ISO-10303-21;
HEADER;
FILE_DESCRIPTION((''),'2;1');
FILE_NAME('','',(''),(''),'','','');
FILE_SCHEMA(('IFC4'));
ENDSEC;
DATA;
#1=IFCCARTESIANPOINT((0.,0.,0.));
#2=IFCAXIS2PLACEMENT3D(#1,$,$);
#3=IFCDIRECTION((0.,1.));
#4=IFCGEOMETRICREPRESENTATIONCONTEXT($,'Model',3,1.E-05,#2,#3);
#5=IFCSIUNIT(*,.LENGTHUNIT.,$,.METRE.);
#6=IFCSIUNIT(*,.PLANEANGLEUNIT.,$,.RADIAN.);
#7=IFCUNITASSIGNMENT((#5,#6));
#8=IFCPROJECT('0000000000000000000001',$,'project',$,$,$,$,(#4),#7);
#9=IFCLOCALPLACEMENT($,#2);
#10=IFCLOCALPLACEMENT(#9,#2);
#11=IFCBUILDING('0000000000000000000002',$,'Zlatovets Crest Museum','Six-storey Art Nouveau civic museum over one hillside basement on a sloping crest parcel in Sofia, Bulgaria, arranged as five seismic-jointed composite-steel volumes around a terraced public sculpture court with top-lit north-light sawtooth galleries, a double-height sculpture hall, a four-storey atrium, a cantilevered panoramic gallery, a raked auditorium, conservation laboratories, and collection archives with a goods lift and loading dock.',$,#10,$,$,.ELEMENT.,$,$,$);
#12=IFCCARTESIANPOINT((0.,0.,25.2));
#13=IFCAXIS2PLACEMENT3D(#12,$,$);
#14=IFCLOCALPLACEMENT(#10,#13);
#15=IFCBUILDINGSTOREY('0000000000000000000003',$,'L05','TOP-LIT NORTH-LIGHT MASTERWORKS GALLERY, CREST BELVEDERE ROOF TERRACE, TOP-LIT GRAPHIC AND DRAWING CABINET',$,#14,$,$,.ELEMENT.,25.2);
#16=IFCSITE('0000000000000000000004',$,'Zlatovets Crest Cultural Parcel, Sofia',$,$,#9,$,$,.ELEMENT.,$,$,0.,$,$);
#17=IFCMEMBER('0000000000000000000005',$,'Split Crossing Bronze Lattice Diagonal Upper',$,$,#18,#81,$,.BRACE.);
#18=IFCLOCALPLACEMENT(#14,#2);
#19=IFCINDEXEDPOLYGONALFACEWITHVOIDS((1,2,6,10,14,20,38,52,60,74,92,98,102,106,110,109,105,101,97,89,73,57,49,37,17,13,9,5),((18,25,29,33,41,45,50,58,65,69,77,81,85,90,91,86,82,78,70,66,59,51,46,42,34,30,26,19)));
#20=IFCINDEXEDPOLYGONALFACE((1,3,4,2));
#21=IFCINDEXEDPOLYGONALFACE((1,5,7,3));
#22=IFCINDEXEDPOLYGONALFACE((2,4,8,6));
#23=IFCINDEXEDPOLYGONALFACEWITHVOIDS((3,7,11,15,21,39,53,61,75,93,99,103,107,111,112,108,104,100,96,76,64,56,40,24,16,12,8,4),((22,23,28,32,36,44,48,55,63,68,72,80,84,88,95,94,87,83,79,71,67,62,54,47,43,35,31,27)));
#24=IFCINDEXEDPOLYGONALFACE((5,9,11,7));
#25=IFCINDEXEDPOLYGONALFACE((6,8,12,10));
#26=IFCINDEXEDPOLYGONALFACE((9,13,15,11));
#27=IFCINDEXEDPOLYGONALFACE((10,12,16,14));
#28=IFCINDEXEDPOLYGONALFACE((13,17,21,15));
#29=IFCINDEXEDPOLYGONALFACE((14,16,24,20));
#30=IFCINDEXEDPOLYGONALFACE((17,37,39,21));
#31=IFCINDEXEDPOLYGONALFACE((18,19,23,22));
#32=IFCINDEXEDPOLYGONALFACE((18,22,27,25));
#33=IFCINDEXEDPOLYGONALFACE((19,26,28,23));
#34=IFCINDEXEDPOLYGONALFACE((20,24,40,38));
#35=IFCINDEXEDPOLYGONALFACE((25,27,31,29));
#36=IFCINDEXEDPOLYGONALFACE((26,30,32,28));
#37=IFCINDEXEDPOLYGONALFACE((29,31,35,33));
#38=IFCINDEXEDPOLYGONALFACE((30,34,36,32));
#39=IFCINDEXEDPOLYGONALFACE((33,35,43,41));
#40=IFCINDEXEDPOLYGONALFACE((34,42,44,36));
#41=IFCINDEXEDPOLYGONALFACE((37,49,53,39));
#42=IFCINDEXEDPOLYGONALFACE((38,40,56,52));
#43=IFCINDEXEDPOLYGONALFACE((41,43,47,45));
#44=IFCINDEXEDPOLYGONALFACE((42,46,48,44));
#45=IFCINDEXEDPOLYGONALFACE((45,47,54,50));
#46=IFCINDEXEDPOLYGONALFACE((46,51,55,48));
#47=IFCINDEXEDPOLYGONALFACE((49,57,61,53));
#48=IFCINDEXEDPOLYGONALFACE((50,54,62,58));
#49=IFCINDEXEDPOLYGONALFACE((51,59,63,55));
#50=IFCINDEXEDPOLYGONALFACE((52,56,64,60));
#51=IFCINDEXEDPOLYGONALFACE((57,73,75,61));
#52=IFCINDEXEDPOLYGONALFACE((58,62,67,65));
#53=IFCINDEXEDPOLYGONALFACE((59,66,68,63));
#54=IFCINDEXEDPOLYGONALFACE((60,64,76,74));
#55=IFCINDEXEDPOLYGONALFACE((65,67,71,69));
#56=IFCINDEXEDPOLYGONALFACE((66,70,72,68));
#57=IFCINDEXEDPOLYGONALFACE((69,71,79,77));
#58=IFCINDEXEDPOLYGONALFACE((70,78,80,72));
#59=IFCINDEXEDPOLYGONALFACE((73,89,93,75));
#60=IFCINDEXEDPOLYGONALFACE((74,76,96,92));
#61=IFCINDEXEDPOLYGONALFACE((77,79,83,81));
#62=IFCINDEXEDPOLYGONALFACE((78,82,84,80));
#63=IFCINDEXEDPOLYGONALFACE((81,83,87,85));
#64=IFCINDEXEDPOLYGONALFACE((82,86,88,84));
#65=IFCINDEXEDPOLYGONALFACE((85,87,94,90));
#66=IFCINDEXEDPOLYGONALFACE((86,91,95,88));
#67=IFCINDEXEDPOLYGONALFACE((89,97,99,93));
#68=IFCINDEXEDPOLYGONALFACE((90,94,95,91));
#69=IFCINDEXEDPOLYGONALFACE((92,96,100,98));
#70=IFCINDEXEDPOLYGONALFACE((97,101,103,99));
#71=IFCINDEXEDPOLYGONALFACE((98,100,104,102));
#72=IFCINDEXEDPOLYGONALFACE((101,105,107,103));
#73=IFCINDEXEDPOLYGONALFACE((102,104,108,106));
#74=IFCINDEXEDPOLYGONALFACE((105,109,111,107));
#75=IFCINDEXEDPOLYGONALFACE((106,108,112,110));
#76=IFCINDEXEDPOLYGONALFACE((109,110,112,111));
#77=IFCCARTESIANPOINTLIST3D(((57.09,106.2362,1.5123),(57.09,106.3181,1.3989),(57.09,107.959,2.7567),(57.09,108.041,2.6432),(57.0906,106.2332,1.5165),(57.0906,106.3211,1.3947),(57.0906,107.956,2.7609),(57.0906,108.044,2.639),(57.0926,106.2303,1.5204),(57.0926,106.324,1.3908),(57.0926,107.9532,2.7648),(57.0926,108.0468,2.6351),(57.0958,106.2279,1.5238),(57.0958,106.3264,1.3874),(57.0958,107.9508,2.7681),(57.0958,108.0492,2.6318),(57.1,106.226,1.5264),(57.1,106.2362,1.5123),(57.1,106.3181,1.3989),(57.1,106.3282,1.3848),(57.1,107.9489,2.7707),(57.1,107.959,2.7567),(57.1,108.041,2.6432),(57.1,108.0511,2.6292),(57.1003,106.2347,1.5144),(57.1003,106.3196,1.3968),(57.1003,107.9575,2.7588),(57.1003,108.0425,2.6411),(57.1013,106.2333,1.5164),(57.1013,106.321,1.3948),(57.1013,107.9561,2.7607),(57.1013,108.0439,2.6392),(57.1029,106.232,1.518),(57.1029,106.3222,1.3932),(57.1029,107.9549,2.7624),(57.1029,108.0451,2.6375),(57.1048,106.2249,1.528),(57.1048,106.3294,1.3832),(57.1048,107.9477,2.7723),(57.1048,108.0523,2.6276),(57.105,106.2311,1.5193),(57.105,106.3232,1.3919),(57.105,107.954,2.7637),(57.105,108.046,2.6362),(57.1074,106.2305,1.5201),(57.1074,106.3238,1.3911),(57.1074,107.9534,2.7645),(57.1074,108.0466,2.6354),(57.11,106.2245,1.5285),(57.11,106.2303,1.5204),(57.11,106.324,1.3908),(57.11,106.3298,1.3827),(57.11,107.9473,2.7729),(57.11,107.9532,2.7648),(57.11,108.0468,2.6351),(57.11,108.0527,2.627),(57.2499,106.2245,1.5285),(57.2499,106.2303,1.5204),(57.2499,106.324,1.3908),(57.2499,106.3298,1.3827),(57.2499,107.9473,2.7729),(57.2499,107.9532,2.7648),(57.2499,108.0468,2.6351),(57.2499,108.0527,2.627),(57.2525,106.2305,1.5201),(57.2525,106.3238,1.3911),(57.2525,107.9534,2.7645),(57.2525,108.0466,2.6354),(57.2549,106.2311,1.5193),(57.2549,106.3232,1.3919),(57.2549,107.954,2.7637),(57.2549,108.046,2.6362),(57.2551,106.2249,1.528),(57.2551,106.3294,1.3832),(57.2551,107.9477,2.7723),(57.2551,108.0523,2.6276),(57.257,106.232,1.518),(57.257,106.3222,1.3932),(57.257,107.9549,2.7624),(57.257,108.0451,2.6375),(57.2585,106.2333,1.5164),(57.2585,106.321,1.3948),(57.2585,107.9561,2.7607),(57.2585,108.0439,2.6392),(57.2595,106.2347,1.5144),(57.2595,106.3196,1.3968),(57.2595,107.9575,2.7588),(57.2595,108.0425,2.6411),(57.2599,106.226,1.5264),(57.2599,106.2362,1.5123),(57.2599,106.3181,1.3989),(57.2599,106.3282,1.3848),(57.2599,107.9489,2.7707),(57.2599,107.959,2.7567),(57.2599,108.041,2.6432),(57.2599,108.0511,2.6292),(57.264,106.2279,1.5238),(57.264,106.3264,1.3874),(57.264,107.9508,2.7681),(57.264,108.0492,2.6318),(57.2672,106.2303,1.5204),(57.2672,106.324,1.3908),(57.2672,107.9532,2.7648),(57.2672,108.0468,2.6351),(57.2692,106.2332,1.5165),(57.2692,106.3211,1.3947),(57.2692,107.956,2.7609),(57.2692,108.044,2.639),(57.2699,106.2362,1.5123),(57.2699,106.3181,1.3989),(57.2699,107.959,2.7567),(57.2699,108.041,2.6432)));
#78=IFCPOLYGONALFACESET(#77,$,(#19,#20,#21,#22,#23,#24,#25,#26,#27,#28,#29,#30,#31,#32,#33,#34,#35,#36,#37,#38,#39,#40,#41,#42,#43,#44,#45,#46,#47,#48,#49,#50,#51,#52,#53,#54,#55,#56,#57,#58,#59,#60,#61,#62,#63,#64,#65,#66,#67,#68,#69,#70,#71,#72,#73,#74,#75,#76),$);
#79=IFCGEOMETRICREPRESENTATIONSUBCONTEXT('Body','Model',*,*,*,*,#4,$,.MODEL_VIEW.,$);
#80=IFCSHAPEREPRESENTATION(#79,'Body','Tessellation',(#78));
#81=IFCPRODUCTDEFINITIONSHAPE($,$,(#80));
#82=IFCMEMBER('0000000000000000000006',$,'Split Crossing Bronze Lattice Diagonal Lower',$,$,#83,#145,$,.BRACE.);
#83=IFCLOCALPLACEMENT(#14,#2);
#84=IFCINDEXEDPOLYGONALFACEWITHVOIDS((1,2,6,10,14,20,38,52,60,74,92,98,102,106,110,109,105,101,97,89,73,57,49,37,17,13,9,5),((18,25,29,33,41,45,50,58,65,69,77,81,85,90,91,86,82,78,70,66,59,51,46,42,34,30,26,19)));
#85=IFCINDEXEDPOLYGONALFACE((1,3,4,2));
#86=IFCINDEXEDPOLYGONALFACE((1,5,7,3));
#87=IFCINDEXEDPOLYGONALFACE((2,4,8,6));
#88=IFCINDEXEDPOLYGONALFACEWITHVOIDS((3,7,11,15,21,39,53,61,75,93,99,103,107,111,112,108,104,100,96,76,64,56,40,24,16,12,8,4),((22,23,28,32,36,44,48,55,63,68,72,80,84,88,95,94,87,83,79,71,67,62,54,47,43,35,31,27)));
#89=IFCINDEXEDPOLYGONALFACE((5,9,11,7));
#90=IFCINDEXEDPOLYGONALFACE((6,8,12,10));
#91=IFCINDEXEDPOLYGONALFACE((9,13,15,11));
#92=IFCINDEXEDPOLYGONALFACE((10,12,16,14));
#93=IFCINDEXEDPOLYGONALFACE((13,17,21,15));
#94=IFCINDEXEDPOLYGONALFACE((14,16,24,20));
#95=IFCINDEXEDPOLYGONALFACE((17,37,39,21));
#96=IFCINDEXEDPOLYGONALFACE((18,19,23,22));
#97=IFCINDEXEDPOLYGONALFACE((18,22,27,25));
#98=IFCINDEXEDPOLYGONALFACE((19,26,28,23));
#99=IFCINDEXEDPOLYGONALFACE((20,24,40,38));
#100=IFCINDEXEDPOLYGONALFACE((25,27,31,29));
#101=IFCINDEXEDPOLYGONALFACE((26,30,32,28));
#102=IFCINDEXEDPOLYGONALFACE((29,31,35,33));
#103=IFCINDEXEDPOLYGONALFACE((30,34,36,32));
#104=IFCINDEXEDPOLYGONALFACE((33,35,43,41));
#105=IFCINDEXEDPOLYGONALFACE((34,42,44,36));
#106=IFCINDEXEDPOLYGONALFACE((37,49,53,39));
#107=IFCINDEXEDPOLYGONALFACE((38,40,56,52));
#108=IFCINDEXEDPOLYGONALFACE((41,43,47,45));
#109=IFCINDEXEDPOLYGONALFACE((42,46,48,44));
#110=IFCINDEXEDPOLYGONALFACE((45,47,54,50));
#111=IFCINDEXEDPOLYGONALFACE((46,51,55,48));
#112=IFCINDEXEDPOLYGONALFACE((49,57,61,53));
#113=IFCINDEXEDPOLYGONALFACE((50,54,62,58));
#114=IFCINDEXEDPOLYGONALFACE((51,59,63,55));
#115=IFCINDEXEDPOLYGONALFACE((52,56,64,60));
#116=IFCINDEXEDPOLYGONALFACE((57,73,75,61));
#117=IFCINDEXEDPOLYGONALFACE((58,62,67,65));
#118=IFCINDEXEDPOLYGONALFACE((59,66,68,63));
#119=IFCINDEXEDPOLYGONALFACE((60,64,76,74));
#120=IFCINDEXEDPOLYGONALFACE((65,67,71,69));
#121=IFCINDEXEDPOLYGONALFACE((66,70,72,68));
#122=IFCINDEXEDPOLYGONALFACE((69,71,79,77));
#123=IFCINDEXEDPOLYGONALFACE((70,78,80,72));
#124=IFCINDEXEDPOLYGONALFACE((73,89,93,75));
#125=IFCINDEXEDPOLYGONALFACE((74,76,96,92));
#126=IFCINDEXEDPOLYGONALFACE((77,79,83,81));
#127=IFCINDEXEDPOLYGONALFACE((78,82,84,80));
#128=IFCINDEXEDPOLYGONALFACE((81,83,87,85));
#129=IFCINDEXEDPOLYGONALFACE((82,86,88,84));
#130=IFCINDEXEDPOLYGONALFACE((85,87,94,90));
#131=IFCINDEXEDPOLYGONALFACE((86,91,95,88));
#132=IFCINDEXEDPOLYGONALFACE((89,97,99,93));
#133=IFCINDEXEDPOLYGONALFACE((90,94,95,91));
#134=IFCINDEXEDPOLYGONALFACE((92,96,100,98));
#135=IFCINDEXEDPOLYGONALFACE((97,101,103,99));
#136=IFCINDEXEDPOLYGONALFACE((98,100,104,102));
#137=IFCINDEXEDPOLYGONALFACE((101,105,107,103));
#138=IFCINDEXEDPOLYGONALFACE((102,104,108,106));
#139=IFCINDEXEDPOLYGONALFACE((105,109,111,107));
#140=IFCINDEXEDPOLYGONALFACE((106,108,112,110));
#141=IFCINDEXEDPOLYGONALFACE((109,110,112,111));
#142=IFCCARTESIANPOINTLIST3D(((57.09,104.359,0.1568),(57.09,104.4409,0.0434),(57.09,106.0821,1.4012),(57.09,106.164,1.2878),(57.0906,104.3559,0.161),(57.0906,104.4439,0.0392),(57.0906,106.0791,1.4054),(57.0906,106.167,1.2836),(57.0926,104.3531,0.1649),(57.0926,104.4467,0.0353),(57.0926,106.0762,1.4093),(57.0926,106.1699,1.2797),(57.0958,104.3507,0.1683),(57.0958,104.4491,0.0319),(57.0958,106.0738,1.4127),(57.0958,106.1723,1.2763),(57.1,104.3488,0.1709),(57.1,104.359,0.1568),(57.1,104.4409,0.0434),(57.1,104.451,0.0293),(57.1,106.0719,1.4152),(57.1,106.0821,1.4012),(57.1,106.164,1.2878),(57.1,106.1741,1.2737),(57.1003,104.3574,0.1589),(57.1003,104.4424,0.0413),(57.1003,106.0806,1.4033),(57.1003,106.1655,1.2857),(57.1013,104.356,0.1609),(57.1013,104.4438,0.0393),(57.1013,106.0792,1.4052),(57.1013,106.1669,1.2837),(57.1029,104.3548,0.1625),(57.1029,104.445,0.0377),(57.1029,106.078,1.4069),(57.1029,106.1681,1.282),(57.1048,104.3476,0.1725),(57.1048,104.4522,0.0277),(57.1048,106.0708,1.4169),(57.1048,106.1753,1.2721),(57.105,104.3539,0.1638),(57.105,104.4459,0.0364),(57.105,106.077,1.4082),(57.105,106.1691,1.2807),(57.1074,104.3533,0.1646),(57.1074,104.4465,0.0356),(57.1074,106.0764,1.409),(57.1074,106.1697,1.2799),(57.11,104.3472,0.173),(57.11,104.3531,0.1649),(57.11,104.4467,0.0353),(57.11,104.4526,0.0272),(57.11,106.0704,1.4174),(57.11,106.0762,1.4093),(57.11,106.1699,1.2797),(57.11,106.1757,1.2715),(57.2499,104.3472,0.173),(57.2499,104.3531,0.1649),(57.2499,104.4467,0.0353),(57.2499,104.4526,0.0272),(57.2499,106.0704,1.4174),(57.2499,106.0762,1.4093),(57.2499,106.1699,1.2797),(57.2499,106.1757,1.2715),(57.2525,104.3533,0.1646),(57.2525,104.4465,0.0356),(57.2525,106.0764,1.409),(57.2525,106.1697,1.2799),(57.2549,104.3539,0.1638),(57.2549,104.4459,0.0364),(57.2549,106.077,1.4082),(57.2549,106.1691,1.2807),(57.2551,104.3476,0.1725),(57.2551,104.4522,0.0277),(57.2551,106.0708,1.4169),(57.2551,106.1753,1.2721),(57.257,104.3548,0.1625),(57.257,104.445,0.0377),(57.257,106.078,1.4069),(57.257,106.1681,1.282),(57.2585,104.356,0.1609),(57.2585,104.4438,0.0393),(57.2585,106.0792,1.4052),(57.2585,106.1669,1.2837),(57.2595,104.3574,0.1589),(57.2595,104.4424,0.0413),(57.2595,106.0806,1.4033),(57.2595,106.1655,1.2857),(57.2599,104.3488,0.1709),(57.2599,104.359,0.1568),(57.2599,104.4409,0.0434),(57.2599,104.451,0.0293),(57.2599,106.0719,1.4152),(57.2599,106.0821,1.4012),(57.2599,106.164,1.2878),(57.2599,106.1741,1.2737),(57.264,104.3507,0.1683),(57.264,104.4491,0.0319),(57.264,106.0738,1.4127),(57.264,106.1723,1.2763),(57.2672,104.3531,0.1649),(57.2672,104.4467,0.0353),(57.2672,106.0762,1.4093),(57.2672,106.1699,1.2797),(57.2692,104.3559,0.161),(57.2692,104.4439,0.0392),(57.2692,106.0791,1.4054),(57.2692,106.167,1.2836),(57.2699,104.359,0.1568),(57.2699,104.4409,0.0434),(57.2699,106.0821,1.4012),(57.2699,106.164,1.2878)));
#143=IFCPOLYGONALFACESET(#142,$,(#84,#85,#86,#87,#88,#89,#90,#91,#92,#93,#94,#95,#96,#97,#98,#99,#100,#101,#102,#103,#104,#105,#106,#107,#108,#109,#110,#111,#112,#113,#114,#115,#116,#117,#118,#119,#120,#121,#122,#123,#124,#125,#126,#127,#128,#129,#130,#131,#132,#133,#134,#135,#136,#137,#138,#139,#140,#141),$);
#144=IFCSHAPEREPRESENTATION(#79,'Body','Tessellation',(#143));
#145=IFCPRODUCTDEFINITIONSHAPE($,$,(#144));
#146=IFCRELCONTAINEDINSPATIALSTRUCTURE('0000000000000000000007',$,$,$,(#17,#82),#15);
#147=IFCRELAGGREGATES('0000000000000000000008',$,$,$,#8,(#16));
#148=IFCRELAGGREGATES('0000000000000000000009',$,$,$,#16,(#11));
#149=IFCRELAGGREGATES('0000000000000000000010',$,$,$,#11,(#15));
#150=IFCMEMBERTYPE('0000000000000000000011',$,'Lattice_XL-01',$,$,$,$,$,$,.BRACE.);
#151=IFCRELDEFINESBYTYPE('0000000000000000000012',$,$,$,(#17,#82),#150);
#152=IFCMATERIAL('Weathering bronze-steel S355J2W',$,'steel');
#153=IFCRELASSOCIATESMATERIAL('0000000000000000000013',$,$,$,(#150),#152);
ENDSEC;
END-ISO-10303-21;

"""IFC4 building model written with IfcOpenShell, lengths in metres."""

from ifc_helpers import new_model, si_unit, direction, frame, origin, origin_2d, place, context, subcontext, project, spatial, hollow_rectangle, extrude, material, material_profile, profile_set, type_object, element, save


model = new_model("IFC4")

# Units and contexts
model_context = context("Model", 3, precision=1e-05, world=origin(), true_north=direction((0.0, 1.0)))
body_context = subcontext(model_context, "Body", "Model", "MODEL_VIEW")
ifc_project = project(units=[si_unit("LENGTHUNIT", "METRE"), si_unit("PLANEANGLEUNIT", "RADIAN")], contexts=[model_context])

# Site, building, storey
site_placement = place(None, origin())
site = spatial("IfcSite", under=ifc_project, at=site_placement, Name="Zlatovets Crest Cultural Parcel, Sofia", CompositionType="ELEMENT", RefElevation=0.0)
building_placement = place(site_placement, origin())
building = spatial("IfcBuilding", under=site, at=building_placement, Name="Zlatovets Crest Museum", Description="Six-storey Art Nouveau civic museum over one hillside basement on a sloping crest parcel in Sofia, Bulgaria, arranged as five seismic-jointed composite-steel volumes around a terraced public sculpture court with top-lit north-light sawtooth galleries, a double-height sculpture hall, a four-storey atrium, a cantilevered panoramic gallery, a raked auditorium, conservation laboratories, and collection archives with a goods lift and loading dock.", CompositionType="ELEMENT")
storey_placement = place(building_placement, frame((0.0, 0.0, 25.2)))
storey = spatial("IfcBuildingStorey", under=building, at=storey_placement, Name="L05", Description="TOP-LIT NORTH-LIGHT MASTERWORKS GALLERY, CREST BELVEDERE ROOF TERRACE, TOP-LIT GRAPHIC AND DRAWING CABINET", CompositionType="ELEMENT", Elevation=25.2)

# Members
ifc_material_1 = material(Name="Weathering bronze-steel S355J2W", Category="steel")
ifc_material_profile_1 = material_profile(ifc_material_1, hollow_rectangle(XDim=0.1799, YDim=0.1799, WallThickness=0.01, InnerFilletRadius=0.01, OuterFilletRadius=0.02, at=origin_2d()), Name="SHS 180x180x10.0")
ifc_profile_set_1 = profile_set([ifc_material_profile_1], Name="Weathering bronze-steel S355J2W")
member_type_1 = type_object("IfcMemberType", Name="Lattice_XL-01", PredefinedType="BRACE", material=ifc_profile_set_1)
member_1_placement = place(storey_placement, frame((57.1799, 108.0, 2.7), z_axis=(0.0, -0.810664, -0.585512), x_axis=(1.0, 0.0, 0.0)))
element("IfcMember", 1, at=member_1_placement, inside=storey, type_object=member_type_1, Name="Split Crossing Bronze Lattice Diagonal Upper", PredefinedType="BRACE", context=body_context, shape_type="SweptSolid", body=[
    extrude(hollow_rectangle(XDim=0.1799, YDim=0.1799, WallThickness=0.01, InnerFilletRadius=0.01, OuterFilletRadius=0.02, at=origin_2d()), origin(), (0.0, 0.0, 1.0), 2.1252),
])
member_2_placement = place(storey_placement, frame((57.1799, 106.123, 1.3445), z_axis=(0.0, -0.810703, -0.585457), x_axis=(1.0, 0.0, 0.0)))
element("IfcMember", 2, at=member_2_placement, inside=storey, type_object=member_type_1, Name="Split Crossing Bronze Lattice Diagonal Lower", PredefinedType="BRACE", context=body_context, shape_type="SweptSolid", body=[
    extrude(hollow_rectangle(XDim=0.1799, YDim=0.1799, WallThickness=0.01, InnerFilletRadius=0.01, OuterFilletRadius=0.02, at=origin_2d()), origin(), (0.0, 0.0, 1.0), 2.1255),
])

save(model, "model.ifc")
